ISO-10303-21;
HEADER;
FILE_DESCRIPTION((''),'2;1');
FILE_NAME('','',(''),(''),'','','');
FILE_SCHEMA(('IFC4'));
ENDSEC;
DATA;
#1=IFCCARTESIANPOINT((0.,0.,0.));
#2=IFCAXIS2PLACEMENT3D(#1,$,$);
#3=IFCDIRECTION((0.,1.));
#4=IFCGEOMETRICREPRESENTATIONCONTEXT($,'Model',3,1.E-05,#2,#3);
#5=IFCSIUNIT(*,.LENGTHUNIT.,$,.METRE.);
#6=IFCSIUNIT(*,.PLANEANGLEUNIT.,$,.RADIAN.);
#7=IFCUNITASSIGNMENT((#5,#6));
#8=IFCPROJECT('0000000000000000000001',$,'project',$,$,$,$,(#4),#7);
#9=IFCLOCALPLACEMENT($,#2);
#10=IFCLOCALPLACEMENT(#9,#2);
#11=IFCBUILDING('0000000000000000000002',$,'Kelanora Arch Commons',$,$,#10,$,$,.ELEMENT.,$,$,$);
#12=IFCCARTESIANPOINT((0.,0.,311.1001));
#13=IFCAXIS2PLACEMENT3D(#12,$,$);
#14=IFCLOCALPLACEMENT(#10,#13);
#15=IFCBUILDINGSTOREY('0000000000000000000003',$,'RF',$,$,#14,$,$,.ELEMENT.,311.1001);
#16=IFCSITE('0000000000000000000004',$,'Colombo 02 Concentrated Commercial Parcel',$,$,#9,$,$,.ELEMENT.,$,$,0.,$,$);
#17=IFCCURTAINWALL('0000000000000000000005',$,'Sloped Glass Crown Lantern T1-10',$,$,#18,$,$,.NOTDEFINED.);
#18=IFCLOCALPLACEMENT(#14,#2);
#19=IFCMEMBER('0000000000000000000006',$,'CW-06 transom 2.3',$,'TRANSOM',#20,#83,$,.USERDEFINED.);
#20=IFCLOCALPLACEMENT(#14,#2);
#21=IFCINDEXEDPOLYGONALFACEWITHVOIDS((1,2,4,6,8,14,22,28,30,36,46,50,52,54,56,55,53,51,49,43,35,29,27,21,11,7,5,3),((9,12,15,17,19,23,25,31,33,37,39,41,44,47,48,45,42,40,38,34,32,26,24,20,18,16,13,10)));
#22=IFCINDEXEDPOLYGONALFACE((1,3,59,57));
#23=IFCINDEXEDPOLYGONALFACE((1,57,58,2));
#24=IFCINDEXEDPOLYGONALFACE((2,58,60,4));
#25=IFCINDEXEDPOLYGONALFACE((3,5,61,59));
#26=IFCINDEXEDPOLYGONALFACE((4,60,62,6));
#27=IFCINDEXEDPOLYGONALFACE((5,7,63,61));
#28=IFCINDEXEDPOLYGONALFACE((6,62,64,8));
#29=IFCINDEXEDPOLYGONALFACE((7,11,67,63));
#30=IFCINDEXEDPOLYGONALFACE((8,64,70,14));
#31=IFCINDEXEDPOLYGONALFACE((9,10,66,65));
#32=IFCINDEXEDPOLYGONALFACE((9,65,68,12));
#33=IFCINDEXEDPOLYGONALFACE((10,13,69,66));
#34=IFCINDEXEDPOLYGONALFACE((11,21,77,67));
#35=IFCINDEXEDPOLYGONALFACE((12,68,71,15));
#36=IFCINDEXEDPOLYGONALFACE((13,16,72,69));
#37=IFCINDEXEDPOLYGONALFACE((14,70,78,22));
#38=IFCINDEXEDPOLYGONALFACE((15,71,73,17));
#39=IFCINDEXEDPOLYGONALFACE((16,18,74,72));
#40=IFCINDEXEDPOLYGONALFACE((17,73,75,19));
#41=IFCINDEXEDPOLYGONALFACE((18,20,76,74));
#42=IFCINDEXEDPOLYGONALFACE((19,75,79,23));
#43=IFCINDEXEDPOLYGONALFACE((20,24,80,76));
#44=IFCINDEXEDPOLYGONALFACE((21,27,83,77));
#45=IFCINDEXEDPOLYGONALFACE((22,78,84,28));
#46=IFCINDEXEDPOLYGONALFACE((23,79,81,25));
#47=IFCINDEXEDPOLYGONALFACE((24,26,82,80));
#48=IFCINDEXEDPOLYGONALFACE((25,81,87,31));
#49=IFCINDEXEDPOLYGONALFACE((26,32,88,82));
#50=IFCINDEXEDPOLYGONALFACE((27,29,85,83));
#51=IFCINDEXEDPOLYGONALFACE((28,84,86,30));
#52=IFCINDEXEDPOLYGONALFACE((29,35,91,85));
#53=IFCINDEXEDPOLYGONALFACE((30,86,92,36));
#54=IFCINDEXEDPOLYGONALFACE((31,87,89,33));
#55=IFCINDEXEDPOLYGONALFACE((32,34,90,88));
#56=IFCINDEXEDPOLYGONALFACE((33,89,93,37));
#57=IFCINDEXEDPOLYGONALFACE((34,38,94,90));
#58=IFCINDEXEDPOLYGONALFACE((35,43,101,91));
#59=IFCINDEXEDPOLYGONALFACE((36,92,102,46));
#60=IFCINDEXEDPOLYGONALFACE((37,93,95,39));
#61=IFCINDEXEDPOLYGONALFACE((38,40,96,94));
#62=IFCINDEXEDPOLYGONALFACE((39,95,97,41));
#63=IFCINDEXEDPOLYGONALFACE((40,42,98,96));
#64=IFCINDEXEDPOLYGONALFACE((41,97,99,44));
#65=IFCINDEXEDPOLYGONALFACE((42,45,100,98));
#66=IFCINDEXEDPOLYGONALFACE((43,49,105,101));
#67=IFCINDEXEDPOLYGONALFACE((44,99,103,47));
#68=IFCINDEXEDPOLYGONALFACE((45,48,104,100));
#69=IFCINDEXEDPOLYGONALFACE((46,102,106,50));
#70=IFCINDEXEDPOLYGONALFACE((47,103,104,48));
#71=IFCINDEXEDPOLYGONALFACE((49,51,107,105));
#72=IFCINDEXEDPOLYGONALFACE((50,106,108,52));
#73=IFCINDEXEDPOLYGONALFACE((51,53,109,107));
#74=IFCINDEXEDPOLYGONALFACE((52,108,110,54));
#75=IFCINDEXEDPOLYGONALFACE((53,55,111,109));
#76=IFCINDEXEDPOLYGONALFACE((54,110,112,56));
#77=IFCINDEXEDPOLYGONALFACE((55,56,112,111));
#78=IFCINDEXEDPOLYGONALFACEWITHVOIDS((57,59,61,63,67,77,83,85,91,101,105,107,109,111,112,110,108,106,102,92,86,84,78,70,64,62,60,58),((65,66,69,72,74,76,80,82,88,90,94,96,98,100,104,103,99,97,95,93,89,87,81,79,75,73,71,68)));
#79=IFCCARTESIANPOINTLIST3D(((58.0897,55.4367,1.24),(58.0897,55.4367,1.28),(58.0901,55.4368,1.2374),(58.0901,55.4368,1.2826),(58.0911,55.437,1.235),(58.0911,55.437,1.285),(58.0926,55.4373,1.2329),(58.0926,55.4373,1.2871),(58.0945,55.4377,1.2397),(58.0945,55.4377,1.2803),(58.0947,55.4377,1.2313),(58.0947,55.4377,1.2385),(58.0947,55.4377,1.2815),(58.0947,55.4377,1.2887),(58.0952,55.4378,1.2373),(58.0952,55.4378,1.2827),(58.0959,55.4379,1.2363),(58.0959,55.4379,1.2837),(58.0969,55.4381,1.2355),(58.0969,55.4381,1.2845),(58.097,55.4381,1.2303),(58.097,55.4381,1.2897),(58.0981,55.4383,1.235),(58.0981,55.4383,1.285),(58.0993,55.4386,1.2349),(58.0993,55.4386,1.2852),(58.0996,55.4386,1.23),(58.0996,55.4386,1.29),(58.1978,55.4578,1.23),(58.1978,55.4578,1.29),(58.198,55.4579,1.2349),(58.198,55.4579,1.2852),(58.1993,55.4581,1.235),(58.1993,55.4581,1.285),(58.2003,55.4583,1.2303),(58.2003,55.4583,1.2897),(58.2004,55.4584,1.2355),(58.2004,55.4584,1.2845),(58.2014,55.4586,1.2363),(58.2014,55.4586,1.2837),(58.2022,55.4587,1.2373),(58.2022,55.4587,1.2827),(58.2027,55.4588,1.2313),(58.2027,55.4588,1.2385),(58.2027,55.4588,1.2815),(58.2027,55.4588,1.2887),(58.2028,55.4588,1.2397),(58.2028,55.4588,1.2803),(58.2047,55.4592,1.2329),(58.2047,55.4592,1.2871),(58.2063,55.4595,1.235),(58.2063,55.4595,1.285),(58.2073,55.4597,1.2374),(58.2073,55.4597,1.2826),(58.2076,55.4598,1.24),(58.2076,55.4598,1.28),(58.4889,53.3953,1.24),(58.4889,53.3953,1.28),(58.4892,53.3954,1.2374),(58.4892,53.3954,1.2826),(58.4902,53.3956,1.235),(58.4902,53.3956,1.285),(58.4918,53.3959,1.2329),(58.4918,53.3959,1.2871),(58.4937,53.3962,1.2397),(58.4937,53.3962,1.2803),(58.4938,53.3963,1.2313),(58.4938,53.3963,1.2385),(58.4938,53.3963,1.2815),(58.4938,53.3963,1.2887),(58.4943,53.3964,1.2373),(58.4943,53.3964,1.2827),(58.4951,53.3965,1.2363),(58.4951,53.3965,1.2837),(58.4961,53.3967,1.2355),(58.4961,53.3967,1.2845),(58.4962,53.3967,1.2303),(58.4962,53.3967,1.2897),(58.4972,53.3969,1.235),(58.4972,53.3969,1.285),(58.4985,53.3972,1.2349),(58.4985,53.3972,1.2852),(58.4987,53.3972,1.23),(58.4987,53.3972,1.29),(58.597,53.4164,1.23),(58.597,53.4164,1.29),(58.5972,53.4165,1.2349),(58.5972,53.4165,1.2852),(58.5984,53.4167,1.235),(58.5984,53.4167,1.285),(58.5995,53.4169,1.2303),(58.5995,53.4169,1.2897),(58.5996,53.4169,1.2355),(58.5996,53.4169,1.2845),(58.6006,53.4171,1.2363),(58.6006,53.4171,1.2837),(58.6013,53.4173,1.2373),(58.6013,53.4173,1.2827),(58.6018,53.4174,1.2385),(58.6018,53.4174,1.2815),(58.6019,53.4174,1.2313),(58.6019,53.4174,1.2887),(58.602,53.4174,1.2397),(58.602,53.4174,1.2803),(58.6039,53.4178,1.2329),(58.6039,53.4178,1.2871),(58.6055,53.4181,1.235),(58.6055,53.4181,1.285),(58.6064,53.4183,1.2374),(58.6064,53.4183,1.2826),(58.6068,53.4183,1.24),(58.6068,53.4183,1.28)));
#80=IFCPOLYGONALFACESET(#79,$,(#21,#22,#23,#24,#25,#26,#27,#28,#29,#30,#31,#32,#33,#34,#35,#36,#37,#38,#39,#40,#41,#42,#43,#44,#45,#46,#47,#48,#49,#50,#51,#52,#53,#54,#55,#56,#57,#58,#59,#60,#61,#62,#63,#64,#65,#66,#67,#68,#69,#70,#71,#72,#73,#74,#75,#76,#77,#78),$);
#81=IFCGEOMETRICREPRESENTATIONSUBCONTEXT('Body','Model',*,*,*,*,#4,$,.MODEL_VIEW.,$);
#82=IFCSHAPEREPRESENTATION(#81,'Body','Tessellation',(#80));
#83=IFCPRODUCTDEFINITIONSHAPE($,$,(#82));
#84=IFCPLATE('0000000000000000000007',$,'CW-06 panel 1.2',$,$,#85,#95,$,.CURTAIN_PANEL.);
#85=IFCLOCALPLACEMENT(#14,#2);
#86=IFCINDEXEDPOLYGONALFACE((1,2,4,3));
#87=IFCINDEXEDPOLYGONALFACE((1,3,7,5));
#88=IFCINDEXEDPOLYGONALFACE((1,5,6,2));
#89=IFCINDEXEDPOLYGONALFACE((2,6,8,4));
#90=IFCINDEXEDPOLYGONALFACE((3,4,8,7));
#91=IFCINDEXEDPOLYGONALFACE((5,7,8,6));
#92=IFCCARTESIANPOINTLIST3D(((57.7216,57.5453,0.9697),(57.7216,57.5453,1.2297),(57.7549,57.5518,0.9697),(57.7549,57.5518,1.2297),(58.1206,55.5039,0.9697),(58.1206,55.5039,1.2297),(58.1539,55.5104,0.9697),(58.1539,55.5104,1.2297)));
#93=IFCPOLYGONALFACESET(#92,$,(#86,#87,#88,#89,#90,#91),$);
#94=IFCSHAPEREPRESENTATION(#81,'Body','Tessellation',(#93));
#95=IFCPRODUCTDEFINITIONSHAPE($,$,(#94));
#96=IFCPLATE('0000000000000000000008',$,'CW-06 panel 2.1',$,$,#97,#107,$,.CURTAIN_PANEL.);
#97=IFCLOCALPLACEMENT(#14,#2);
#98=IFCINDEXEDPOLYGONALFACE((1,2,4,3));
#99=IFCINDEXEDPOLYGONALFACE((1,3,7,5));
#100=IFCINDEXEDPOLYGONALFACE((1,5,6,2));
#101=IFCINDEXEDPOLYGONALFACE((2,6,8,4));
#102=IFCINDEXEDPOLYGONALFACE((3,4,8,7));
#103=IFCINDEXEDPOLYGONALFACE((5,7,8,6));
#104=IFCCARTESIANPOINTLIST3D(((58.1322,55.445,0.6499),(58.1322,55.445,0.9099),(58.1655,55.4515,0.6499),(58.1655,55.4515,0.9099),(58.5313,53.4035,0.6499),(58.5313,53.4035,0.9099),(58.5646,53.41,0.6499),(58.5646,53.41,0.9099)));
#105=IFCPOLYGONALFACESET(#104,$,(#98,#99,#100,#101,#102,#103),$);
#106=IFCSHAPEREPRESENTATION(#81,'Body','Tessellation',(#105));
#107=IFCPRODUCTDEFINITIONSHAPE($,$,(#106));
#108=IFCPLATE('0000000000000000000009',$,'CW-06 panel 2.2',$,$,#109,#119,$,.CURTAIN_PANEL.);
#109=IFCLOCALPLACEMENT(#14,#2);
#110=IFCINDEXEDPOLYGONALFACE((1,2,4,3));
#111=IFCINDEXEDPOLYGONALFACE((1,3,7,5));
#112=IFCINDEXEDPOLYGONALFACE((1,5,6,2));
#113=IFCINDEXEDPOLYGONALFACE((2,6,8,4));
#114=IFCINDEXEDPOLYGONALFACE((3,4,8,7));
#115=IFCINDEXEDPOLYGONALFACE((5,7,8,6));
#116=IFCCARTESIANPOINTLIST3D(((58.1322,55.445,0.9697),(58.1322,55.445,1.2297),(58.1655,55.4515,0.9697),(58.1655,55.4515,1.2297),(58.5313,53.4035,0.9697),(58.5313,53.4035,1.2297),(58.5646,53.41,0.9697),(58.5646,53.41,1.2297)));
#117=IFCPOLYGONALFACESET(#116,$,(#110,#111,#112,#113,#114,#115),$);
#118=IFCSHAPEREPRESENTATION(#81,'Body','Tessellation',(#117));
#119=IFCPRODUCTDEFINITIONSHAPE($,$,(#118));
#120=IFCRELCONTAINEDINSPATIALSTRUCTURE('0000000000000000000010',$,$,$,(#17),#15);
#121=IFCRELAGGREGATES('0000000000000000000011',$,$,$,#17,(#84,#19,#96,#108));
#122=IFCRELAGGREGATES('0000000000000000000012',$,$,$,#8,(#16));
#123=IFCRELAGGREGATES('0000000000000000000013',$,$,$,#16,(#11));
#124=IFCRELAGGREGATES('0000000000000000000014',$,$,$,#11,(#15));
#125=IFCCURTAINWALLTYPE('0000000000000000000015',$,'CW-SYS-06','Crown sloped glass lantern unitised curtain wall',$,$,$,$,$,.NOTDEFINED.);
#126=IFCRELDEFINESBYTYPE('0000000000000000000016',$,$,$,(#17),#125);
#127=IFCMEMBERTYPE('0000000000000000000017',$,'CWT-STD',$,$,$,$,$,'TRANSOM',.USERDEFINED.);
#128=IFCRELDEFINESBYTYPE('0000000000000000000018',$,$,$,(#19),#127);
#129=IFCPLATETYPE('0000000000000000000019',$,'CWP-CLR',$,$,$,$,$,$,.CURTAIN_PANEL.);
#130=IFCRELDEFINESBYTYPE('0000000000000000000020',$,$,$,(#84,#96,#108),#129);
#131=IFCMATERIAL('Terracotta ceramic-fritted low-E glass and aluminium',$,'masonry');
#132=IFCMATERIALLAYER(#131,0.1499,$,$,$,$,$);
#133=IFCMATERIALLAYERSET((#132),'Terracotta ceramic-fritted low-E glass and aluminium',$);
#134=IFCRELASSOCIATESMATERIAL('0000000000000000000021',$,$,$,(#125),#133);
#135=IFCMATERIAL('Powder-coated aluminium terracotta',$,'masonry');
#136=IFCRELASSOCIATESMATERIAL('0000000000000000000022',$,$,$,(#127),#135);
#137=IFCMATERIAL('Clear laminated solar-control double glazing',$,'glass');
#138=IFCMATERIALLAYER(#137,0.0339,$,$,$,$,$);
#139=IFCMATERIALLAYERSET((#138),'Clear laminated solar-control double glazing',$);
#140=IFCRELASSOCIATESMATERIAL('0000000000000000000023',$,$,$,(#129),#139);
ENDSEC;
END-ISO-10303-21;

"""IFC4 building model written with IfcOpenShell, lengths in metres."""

from ifc_helpers import new_model, si_unit, direction, frame, origin, origin_2d, place, context, subcontext, project, spatial, rectangle, hollow_rectangle, extrude, source, transform, mapped, material, layer, layer_set, material_profile, profile_set, type_object, element, aggregate, save


model = new_model("IFC4")

# Units and contexts
model_context = context("Model", 3, precision=1e-05, world=origin(), true_north=direction((0.0, 1.0)))
body_context = subcontext(model_context, "Body", "Model", "MODEL_VIEW")
ifc_project = project(units=[si_unit("LENGTHUNIT", "METRE"), si_unit("PLANEANGLEUNIT", "RADIAN")], contexts=[model_context])

# Site, building, storey
site_placement = place(None, origin())
site = spatial("IfcSite", under=ifc_project, at=site_placement, Name="Colombo 02 Concentrated Commercial Parcel", CompositionType="ELEMENT", RefElevation=0.0)
building_placement = place(site_placement, origin())
building = spatial("IfcBuilding", under=site, at=building_placement, Name="Kelanora Arch Commons", CompositionType="ELEMENT")
storey_placement = place(building_placement, frame((0.0, 0.0, 311.1001)))
storey = spatial("IfcBuildingStorey", under=building, at=storey_placement, Name="RF", CompositionType="ELEMENT", Elevation=311.1001)

# Curtain wall, member, plates
ifc_material_1 = material(Name="Terracotta ceramic-fritted low-E glass and aluminium", Category="masonry")
ifc_layer_1 = layer(ifc_material_1, 0.1499)
ifc_layer_set_1 = layer_set([ifc_layer_1], Name="Terracotta ceramic-fritted low-E glass and aluminium")
curtain_wall_type = type_object("IfcCurtainWallType", Name="CW-SYS-06", Description="Crown sloped glass lantern unitised curtain wall", PredefinedType="NOTDEFINED", material=ifc_layer_set_1)
curtain_wall_placement = place(storey_placement, origin())
curtain_wall = element("IfcCurtainWall", 1, at=curtain_wall_placement, inside=storey, type_object=curtain_wall_type, Name="Sloped Glass Crown Lantern T1-10", PredefinedType="NOTDEFINED")
ifc_material_2 = material(Name="Powder-coated aluminium terracotta", Category="masonry")
ifc_material_profile_1 = material_profile(ifc_material_2, hollow_rectangle(XDim=0.1201, YDim=0.0601, WallThickness=0.0049, InnerFilletRadius=0.0049, OuterFilletRadius=0.01, at=origin_2d()), Name="CWT120x60")
ifc_profile_set_1 = profile_set([ifc_material_profile_1], Name="Powder-coated aluminium terracotta")
member_type_1 = type_object("IfcMemberType", Name="CWT-STD", ElementType="TRANSOM", PredefinedType="USERDEFINED", material=ifc_profile_set_1)
member_1_placement = place(storey_placement, frame((58.1487, 55.4482, 1.26), z_axis=(0.191894, -0.981416, 0.0), x_axis=(0.981416, 0.191894, 0.0)))
member_1 = element("IfcMember", 2, at=member_1_placement, type_object=member_type_1, Name="CW-06 transom 2.3", ObjectType="TRANSOM", PredefinedType="USERDEFINED", context=body_context, shape_type="SweptSolid", body=[
    extrude(hollow_rectangle(XDim=0.1201, YDim=0.0601, WallThickness=0.0049, InnerFilletRadius=0.0049, OuterFilletRadius=0.01, at=origin_2d()), origin(), (0.0, 0.0, 1.0), 2.0801),
])
ifc_material_3 = material(Name="Clear laminated solar-control double glazing", Category="glass")
ifc_layer_2 = layer(ifc_material_3, 0.0339)
ifc_layer_set_2 = layer_set([ifc_layer_2], Name="Clear laminated solar-control double glazing")
plate_type = type_object("IfcPlateType", Name="CWP-CLR", PredefinedType="CURTAIN_PANEL", material=ifc_layer_set_2)
shared_shape = source(origin(), body_context, "Body", "SweptSolid", [
    extrude(rectangle(XDim=2.0801, YDim=0.0339, at=origin_2d()), origin(), (0.0, 0.0, 1.0), 0.26),
])
plate_1_placement = place(storey_placement, frame((57.9377, 56.5278, 0.9697), z_axis=(0.0, 0.0, 1.0), x_axis=(0.191834, -0.981427, 0.0)))
plate_1 = element("IfcPlate", 3, at=plate_1_placement, type_object=plate_type, Name="CW-06 panel 1.2", PredefinedType="CURTAIN_PANEL", context=body_context, shape_type="MappedRepresentation", body=[
    mapped(shared_shape, transform((0.0, 0.0, 0.0), scale=1.0)),
])
plate_2_placement = place(storey_placement, frame((58.3484, 54.4275, 0.6499), z_axis=(0.0, 0.0, 1.0), x_axis=(0.191834, -0.981427, 0.0)))
plate_2 = element("IfcPlate", 4, at=plate_2_placement, type_object=plate_type, Name="CW-06 panel 2.1", PredefinedType="CURTAIN_PANEL", context=body_context, shape_type="MappedRepresentation", body=[
    mapped(shared_shape, transform((0.0, 0.0, 0.0), scale=1.0)),
])
plate_3_placement = place(storey_placement, frame((58.3484, 54.4275, 0.9697), z_axis=(0.0, 0.0, 1.0), x_axis=(0.191834, -0.981427, 0.0)))
plate_3 = element("IfcPlate", 5, at=plate_3_placement, type_object=plate_type, Name="CW-06 panel 2.2", PredefinedType="CURTAIN_PANEL", context=body_context, shape_type="MappedRepresentation", body=[
    mapped(shared_shape, transform((0.0, 0.0, 0.0), scale=1.0)),
])
aggregate(curtain_wall, [plate_1, member_1, plate_2, plate_3])

save(model, "model.ifc")
